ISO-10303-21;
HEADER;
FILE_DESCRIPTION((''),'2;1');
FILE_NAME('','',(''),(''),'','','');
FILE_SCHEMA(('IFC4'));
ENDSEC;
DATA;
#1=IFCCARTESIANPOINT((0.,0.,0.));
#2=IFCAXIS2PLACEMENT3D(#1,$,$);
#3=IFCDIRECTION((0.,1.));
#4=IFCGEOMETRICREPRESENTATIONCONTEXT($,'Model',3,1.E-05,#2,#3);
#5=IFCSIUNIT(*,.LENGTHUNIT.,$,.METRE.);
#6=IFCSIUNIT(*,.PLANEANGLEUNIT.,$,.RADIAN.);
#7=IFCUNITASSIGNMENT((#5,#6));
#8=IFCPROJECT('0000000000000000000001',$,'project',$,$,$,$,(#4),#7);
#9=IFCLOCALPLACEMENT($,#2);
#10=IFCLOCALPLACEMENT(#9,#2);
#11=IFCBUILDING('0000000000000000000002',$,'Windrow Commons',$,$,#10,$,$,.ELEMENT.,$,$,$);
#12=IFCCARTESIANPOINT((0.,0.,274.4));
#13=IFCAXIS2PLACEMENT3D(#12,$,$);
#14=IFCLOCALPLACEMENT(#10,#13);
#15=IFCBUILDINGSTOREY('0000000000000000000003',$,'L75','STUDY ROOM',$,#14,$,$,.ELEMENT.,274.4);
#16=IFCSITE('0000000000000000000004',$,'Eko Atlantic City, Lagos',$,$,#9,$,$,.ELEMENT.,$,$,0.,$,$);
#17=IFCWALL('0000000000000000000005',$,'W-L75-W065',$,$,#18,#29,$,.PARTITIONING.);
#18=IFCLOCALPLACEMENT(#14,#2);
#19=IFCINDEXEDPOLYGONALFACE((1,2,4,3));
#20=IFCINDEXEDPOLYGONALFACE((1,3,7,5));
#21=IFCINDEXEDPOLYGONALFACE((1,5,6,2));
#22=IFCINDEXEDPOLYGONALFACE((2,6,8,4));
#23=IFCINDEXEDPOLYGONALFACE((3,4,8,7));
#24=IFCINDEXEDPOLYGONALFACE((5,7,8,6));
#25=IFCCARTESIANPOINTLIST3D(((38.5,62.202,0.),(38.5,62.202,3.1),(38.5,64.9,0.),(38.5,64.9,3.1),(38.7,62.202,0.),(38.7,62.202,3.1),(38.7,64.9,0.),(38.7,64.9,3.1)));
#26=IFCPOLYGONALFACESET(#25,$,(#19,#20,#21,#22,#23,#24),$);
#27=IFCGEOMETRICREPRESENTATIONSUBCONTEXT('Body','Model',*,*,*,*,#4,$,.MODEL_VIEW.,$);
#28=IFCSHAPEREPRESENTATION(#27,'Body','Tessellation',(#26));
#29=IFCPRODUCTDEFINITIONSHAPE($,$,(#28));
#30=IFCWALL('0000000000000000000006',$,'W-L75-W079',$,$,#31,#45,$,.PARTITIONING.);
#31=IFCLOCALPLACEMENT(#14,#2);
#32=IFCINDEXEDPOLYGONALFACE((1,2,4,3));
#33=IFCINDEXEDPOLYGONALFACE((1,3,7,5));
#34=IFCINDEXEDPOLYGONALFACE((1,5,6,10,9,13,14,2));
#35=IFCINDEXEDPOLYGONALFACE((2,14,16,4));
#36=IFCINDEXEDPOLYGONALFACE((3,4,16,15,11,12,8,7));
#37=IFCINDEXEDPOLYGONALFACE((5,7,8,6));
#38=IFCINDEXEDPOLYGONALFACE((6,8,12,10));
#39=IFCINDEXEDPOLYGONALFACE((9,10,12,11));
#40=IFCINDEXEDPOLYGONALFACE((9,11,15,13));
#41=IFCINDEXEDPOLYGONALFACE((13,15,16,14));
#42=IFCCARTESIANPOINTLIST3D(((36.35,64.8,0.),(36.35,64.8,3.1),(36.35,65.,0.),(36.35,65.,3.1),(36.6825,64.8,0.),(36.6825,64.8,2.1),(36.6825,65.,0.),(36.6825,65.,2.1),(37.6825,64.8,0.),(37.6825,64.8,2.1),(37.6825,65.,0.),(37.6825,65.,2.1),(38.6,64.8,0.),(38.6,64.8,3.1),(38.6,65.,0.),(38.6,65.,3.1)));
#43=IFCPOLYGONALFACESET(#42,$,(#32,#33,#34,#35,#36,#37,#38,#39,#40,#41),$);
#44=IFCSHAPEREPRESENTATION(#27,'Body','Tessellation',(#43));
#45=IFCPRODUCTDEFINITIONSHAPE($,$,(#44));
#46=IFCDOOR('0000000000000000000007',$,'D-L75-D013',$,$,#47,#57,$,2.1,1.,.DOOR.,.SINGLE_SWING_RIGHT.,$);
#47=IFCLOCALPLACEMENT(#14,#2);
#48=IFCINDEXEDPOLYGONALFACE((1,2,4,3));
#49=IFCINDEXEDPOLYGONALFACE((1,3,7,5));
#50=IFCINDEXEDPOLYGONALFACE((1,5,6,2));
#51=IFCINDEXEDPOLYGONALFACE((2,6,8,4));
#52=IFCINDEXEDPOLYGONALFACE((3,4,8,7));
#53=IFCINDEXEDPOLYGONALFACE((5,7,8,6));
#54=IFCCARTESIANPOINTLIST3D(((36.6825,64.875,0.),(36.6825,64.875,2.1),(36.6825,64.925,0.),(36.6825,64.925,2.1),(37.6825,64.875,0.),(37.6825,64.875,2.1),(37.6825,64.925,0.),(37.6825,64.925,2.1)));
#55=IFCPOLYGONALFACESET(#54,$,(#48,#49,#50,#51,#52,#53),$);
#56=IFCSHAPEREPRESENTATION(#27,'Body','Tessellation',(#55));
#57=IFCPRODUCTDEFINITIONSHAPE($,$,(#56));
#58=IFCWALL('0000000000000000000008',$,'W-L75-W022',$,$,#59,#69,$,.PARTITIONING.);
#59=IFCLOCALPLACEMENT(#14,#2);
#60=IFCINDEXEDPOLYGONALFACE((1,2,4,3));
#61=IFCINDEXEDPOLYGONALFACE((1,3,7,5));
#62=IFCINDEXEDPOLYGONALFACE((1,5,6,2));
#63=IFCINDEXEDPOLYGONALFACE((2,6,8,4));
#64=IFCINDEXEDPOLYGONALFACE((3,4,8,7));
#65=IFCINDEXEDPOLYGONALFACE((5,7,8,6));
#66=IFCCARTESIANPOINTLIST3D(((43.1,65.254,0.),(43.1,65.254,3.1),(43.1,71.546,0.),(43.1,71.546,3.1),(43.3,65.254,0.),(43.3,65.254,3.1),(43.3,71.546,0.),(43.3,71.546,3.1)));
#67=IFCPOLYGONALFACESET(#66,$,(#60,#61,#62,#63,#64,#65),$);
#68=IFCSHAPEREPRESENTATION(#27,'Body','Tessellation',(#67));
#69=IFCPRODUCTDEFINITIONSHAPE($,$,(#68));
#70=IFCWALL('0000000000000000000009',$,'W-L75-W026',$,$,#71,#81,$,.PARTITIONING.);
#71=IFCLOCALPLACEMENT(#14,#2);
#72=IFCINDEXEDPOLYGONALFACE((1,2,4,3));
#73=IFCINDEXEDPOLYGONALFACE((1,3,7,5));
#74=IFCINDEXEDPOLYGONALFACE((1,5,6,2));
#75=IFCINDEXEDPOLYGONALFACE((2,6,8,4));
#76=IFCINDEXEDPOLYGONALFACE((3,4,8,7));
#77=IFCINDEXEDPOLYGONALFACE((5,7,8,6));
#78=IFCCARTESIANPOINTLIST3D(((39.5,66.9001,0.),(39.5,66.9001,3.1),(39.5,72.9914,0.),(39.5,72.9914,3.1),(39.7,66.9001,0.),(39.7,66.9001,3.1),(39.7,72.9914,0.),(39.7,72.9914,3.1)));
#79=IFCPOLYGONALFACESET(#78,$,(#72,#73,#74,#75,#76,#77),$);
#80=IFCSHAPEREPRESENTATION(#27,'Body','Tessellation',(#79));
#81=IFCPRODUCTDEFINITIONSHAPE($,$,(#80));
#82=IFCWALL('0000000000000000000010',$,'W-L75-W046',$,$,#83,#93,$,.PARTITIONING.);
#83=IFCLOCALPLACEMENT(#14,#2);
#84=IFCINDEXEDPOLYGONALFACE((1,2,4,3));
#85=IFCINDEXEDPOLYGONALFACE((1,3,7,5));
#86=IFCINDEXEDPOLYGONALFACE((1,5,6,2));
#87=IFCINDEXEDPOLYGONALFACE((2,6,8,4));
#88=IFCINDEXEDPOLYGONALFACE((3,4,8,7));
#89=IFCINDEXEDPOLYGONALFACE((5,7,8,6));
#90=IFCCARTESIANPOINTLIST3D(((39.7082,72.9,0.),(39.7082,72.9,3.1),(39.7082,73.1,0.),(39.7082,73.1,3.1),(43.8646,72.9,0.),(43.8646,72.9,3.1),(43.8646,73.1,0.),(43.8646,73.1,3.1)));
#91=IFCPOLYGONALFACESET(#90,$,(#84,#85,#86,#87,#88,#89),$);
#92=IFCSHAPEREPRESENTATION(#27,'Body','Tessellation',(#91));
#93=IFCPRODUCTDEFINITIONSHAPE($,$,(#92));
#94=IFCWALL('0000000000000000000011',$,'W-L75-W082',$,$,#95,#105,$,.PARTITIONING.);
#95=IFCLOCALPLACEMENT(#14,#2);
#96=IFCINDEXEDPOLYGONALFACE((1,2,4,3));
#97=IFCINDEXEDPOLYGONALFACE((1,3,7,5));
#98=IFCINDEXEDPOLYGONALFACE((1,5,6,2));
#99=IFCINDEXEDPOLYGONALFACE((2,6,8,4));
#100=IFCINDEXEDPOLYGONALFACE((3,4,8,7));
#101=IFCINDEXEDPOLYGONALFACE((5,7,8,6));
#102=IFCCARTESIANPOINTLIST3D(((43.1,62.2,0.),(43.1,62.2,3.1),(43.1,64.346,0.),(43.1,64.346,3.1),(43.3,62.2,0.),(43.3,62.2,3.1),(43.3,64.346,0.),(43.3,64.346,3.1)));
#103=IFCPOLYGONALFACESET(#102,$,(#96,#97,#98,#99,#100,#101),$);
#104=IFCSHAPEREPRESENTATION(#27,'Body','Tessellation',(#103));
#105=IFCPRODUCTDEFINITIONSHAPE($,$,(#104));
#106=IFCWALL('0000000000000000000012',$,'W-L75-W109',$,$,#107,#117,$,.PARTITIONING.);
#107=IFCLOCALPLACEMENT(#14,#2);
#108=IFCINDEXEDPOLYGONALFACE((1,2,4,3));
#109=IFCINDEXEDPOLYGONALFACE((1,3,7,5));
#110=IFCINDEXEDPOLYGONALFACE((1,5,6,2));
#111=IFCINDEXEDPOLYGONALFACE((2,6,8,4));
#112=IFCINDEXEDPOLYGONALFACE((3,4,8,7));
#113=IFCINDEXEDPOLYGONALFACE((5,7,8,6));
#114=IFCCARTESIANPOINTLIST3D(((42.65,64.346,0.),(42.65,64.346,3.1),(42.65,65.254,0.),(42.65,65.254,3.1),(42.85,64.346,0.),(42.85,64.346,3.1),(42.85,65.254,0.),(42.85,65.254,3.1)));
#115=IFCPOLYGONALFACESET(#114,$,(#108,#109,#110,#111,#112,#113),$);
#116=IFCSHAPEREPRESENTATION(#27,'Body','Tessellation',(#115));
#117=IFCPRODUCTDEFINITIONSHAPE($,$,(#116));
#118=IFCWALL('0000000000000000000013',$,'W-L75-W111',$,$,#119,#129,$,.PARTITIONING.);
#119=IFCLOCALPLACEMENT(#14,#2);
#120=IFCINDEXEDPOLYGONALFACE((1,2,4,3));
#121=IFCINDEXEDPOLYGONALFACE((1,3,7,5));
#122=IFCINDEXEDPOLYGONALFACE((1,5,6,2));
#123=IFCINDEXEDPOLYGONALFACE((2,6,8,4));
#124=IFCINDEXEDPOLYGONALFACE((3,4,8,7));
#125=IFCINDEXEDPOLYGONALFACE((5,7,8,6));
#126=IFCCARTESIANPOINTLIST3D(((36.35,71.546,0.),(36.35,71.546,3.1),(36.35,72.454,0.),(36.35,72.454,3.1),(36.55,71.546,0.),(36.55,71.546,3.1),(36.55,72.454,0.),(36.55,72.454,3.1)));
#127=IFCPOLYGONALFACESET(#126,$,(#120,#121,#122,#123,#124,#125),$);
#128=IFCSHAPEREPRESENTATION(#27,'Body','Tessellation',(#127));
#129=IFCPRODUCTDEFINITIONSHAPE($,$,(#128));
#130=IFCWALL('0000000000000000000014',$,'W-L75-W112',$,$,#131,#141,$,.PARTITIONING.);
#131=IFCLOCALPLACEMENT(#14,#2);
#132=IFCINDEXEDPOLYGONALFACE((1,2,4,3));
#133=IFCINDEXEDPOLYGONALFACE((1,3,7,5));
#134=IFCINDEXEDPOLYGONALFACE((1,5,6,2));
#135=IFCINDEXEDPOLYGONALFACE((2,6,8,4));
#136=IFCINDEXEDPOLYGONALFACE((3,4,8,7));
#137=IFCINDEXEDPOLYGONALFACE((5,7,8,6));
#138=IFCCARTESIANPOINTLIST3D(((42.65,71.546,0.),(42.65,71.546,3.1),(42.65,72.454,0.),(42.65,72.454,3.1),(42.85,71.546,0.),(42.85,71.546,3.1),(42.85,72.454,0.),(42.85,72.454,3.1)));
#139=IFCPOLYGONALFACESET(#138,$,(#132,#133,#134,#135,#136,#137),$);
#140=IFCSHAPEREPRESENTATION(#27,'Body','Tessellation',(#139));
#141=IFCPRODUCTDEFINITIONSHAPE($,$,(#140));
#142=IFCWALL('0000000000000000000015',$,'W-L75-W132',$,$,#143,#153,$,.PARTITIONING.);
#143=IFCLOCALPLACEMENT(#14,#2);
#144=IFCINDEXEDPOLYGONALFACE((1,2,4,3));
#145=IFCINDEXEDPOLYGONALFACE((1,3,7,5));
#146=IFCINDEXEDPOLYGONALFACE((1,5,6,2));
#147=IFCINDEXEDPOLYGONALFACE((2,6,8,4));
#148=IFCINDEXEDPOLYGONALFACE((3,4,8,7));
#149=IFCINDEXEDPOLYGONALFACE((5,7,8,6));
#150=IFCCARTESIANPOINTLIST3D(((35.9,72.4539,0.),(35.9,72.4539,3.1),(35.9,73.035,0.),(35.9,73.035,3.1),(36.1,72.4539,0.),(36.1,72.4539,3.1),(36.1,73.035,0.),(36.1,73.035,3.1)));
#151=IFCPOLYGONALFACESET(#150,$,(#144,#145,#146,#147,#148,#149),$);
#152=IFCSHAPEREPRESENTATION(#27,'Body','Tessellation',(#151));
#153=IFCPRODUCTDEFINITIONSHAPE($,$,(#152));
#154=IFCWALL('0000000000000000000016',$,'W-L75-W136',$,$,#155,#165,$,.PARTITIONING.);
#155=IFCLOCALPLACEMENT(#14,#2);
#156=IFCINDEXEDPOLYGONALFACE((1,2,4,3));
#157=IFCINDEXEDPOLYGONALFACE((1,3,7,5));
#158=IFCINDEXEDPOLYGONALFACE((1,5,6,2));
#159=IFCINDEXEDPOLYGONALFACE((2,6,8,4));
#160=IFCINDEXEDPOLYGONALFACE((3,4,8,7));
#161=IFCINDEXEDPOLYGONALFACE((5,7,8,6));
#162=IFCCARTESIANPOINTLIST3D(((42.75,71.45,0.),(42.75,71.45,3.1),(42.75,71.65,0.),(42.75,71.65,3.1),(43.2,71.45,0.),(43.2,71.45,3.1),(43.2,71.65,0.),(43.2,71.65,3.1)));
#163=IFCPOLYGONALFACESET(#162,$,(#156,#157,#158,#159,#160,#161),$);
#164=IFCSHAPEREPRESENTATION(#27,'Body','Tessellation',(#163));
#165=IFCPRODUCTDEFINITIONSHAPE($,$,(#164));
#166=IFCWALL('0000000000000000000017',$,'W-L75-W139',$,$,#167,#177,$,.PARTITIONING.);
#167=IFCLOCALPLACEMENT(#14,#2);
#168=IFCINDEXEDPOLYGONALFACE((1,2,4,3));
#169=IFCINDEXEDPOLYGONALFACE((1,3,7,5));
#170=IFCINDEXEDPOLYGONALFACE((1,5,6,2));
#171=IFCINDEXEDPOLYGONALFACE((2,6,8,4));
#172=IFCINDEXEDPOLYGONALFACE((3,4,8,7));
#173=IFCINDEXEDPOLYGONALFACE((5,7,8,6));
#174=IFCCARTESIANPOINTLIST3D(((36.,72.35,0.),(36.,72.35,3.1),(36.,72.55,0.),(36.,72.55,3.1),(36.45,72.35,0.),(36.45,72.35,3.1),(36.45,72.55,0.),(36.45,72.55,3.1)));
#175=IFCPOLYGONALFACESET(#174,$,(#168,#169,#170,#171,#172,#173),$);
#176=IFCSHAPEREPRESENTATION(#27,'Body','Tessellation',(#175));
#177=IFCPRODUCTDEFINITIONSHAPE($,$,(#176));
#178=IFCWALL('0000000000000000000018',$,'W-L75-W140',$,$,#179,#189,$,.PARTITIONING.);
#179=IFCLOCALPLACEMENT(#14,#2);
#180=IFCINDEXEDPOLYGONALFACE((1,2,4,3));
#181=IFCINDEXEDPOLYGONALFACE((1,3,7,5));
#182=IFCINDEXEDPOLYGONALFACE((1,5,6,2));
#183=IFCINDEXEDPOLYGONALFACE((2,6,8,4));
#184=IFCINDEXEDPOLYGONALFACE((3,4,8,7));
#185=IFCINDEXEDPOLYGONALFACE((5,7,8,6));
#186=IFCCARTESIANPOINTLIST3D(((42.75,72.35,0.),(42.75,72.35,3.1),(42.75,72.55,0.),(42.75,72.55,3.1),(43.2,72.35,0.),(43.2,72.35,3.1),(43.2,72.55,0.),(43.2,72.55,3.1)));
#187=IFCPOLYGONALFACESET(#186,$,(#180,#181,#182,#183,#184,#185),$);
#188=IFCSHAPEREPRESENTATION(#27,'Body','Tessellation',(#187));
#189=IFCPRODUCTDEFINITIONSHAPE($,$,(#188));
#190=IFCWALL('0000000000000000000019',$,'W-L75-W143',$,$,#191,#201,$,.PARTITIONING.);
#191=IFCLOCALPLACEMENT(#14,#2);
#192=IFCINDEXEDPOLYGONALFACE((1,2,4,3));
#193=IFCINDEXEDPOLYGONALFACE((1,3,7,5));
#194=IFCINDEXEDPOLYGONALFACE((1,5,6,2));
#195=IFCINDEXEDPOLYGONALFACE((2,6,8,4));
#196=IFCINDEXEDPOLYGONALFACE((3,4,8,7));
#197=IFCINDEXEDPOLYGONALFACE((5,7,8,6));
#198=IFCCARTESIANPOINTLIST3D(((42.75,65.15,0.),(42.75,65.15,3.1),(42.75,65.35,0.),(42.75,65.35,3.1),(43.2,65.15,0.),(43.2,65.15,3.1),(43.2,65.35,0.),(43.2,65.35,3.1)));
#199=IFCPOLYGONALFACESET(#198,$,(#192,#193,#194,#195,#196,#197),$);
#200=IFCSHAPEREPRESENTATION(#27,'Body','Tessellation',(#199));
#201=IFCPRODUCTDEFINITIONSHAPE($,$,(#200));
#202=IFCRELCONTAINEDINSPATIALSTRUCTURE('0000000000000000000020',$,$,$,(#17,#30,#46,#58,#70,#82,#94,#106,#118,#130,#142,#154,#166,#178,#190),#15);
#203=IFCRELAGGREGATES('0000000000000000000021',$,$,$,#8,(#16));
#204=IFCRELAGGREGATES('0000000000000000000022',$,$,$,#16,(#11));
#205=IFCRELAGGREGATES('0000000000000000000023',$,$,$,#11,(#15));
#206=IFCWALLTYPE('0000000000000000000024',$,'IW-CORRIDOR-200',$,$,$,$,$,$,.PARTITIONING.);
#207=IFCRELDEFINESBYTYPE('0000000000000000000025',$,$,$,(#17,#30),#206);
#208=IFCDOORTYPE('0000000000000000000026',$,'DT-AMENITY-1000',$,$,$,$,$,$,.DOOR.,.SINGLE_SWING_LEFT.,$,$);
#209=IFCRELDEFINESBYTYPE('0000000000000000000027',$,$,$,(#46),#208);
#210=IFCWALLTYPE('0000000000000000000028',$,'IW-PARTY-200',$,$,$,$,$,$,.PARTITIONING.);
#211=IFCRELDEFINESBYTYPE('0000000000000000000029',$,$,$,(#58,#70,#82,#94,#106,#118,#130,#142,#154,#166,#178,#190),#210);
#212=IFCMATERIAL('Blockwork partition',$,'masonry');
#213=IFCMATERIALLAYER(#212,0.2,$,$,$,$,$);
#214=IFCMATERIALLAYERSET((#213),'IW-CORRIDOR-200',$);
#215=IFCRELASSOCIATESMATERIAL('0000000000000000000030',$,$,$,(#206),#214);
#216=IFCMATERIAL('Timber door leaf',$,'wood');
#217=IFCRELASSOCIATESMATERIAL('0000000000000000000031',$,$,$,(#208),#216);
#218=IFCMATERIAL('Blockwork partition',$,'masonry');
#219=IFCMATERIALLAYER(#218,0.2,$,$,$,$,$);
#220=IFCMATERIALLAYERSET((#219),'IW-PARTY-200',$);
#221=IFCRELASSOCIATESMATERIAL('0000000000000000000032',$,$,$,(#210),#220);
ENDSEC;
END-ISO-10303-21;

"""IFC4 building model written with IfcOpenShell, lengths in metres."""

from ifc_helpers import new_model, si_unit, direction, frame, frame_2d, origin, place, context, subcontext, project, spatial, rectangle, extrude, material, layer, layer_set, type_object, element, fill, save


model = new_model("IFC4")

# Units and contexts
model_context = context("Model", 3, precision=1e-05, world=origin(), true_north=direction((0.0, 1.0)))
body_context = subcontext(model_context, "Body", "Model", "MODEL_VIEW")
ifc_project = project(units=[si_unit("LENGTHUNIT", "METRE"), si_unit("PLANEANGLEUNIT", "RADIAN")], contexts=[model_context])

# Site, building, storey
site_placement = place(None, origin())
site = spatial("IfcSite", under=ifc_project, at=site_placement, Name="Eko Atlantic City, Lagos", CompositionType="ELEMENT", RefElevation=0.0)
building_placement = place(site_placement, origin())
building = spatial("IfcBuilding", under=site, at=building_placement, Name="Windrow Commons", CompositionType="ELEMENT")
storey_placement = place(building_placement, frame((0.0, 0.0, 274.4)))
storey = spatial("IfcBuildingStorey", under=building, at=storey_placement, Name="L75", Description="STUDY ROOM", CompositionType="ELEMENT", Elevation=274.4)

# Shared definitions
ifc_material_1 = material(Name="Blockwork partition", Category="masonry")
ifc_layer_1 = layer(ifc_material_1, 0.2)
ifc_layer_set_1 = layer_set([ifc_layer_1], Name="IW-CORRIDOR-200")
wall_type_1 = type_object("IfcWallType", Name="IW-CORRIDOR-200", PredefinedType="PARTITIONING", material=ifc_layer_set_1)
ifc_material_2 = material(Name="Timber door leaf", Category="wood")
door_type = type_object("IfcDoorType", Name="DT-AMENITY-1000", OperationType="SINGLE_SWING_LEFT", PredefinedType="DOOR", material=ifc_material_2)

# Wall
wall_1_placement = place(storey_placement, frame((38.6, 62.202, 0.0), z_axis=(0.0, 0.0, 1.0), x_axis=(0.0, 1.0, 0.0)))
element("IfcWall", 1, at=wall_1_placement, inside=storey, type_object=wall_type_1, Name="W-L75-W065", PredefinedType="PARTITIONING", context=body_context, shape_type="SweptSolid", body=[
    extrude(rectangle(XDim=2.698, YDim=0.2, at=frame_2d((1.349, 0.0))), origin(), (0.0, 0.0, 1.0), 3.1),
])

# Wall, opening, door
wall_2_placement = place(storey_placement, frame((36.35, 64.9, 0.0), z_axis=(0.0, 0.0, 1.0), x_axis=(1.0, 0.0, 0.0)))
wall_2 = element("IfcWall", 2, at=wall_2_placement, inside=storey, type_object=wall_type_1, Name="W-L75-W079", PredefinedType="PARTITIONING", context=body_context, shape_type="SweptSolid", body=[
    extrude(rectangle(XDim=2.25, YDim=0.2, at=frame_2d((1.125, 0.0))), origin(), (0.0, 0.0, 1.0), 3.1),
])
opening_1_placement = place(wall_2_placement, frame((0.3325, 0.0, 0.0)))
opening_1 = element("IfcOpeningElement", 3, at=opening_1_placement, cuts=wall_2, PredefinedType="OPENING", context=body_context, shape_type="SweptSolid", body=[
    extrude(rectangle(XDim=1.0, YDim=2.1, at=frame_2d((0.5, 1.05))), frame((0.0, 0.11, 0.0), z_axis=(0.0, -1.0, 0.0), x_axis=(1.0, 0.0, 0.0)), (0.0, 0.0, 1.0), 0.22),
])
door_1_placement = place(opening_1_placement, origin())
door_1 = element("IfcDoor", 4, at=door_1_placement, inside=storey, type_object=door_type, Name="D-L75-D013", OperationType="SINGLE_SWING_RIGHT", OverallHeight=2.1, OverallWidth=1.0, PredefinedType="DOOR", context=body_context, shape_type="SweptSolid", body=[
    extrude(rectangle(XDim=1.0, YDim=2.1, at=frame_2d((0.5, 1.05))), frame((0.0, 0.025, 0.0), z_axis=(0.0, -1.0, 0.0), x_axis=(1.0, 0.0, 0.0)), (0.0, 0.0, 1.0), 0.05),
])
fill(opening_1, door_1)

# Walls
ifc_material_3 = material(Name="Blockwork partition", Category="masonry")
ifc_layer_2 = layer(ifc_material_3, 0.2)
ifc_layer_set_2 = layer_set([ifc_layer_2], Name="IW-PARTY-200")
wall_type_2 = type_object("IfcWallType", Name="IW-PARTY-200", PredefinedType="PARTITIONING", material=ifc_layer_set_2)
wall_3_placement = place(storey_placement, frame((43.2, 65.254, 0.0), z_axis=(0.0, 0.0, 1.0), x_axis=(0.0, 1.0, 0.0)))
element("IfcWall", 5, at=wall_3_placement, inside=storey, type_object=wall_type_2, Name="W-L75-W022", PredefinedType="PARTITIONING", context=body_context, shape_type="SweptSolid", body=[
    extrude(rectangle(XDim=6.292, YDim=0.2, at=frame_2d((3.146, 0.0))), origin(), (0.0, 0.0, 1.0), 3.1),
])
wall_4_placement = place(storey_placement, frame((39.6, 66.9, 0.0), z_axis=(0.0, 0.0, 1.0), x_axis=(0.0, 1.0, 0.0)))
element("IfcWall", 6, at=wall_4_placement, inside=storey, type_object=wall_type_2, Name="W-L75-W026", PredefinedType="PARTITIONING", context=body_context, shape_type="SweptSolid", body=[
    extrude(rectangle(XDim=6.0913, YDim=0.2, at=frame_2d((3.0457, 0.0))), origin(), (0.0, 0.0, 1.0), 3.1),
])
wall_5_placement = place(storey_placement, frame((39.7083, 73.0, 0.0), z_axis=(0.0, 0.0, 1.0), x_axis=(1.0, 0.0, 0.0)))
element("IfcWall", 7, at=wall_5_placement, inside=storey, type_object=wall_type_2, Name="W-L75-W046", PredefinedType="PARTITIONING", context=body_context, shape_type="SweptSolid", body=[
    extrude(rectangle(XDim=4.1563, YDim=0.2, at=frame_2d((2.0781, 0.0))), origin(), (0.0, 0.0, 1.0), 3.1),
])
wall_6_placement = place(storey_placement, frame((43.2, 62.2, 0.0), z_axis=(0.0, 0.0, 1.0), x_axis=(0.0, 1.0, 0.0)))
element("IfcWall", 8, at=wall_6_placement, inside=storey, type_object=wall_type_2, Name="W-L75-W082", PredefinedType="PARTITIONING", context=body_context, shape_type="SweptSolid", body=[
    extrude(rectangle(XDim=2.146, YDim=0.2, at=frame_2d((1.073, 0.0))), origin(), (0.0, 0.0, 1.0), 3.1),
])
for number, where, z_axis, x_axis, name in (
    (9, (42.75, 64.346, 0.0), (0.0, 0.0, 1.0), (0.0, 1.0, 0.0), "W-L75-W109"),
    (10, (36.45, 71.546, 0.0), (0.0, 0.0, 1.0), (0.0, 1.0, 0.0), "W-L75-W111"),
    (11, (42.75, 71.546, 0.0), (0.0, 0.0, 1.0), (0.0, 1.0, 0.0), "W-L75-W112"),
):
    element("IfcWall", number, at=place(storey_placement, frame(where, z_axis=z_axis, x_axis=x_axis)), inside=storey, type_object=wall_type_2, Name=name, PredefinedType="PARTITIONING", context=body_context, shape_type="SweptSolid", body=[
        extrude(rectangle(XDim=0.908, YDim=0.2, at=frame_2d((0.454, 0.0))), origin(), (0.0, 0.0, 1.0), 3.1),
    ])
wall_7_placement = place(storey_placement, frame((36.0, 72.454, 0.0), z_axis=(0.0, 0.0, 1.0), x_axis=(0.0, 1.0, 0.0)))
element("IfcWall", 12, at=wall_7_placement, inside=storey, type_object=wall_type_2, Name="W-L75-W132", PredefinedType="PARTITIONING", context=body_context, shape_type="SweptSolid", body=[
    extrude(rectangle(XDim=0.5811, YDim=0.2, at=frame_2d((0.2905, 0.0))), origin(), (0.0, 0.0, 1.0), 3.1),
])
for number, where, z_axis, x_axis, name in (
    (13, (42.75, 71.55, 0.0), (0.0, 0.0, 1.0), (1.0, 0.0, 0.0), "W-L75-W136"),
    (14, (36.0, 72.45, 0.0), (0.0, 0.0, 1.0), (1.0, 0.0, 0.0), "W-L75-W139"),
    (15, (42.75, 72.45, 0.0), (0.0, 0.0, 1.0), (1.0, 0.0, 0.0), "W-L75-W140"),
    (16, (42.75, 65.25, 0.0), (0.0, 0.0, 1.0), (1.0, 0.0, 0.0), "W-L75-W143"),
):
    element("IfcWall", number, at=place(storey_placement, frame(where, z_axis=z_axis, x_axis=x_axis)), inside=storey, type_object=wall_type_2, Name=name, PredefinedType="PARTITIONING", context=body_context, shape_type="SweptSolid", body=[
        extrude(rectangle(XDim=0.45, YDim=0.2, at=frame_2d((0.225, 0.0))), origin(), (0.0, 0.0, 1.0), 3.1),
    ])

save(model, "model.ifc")
